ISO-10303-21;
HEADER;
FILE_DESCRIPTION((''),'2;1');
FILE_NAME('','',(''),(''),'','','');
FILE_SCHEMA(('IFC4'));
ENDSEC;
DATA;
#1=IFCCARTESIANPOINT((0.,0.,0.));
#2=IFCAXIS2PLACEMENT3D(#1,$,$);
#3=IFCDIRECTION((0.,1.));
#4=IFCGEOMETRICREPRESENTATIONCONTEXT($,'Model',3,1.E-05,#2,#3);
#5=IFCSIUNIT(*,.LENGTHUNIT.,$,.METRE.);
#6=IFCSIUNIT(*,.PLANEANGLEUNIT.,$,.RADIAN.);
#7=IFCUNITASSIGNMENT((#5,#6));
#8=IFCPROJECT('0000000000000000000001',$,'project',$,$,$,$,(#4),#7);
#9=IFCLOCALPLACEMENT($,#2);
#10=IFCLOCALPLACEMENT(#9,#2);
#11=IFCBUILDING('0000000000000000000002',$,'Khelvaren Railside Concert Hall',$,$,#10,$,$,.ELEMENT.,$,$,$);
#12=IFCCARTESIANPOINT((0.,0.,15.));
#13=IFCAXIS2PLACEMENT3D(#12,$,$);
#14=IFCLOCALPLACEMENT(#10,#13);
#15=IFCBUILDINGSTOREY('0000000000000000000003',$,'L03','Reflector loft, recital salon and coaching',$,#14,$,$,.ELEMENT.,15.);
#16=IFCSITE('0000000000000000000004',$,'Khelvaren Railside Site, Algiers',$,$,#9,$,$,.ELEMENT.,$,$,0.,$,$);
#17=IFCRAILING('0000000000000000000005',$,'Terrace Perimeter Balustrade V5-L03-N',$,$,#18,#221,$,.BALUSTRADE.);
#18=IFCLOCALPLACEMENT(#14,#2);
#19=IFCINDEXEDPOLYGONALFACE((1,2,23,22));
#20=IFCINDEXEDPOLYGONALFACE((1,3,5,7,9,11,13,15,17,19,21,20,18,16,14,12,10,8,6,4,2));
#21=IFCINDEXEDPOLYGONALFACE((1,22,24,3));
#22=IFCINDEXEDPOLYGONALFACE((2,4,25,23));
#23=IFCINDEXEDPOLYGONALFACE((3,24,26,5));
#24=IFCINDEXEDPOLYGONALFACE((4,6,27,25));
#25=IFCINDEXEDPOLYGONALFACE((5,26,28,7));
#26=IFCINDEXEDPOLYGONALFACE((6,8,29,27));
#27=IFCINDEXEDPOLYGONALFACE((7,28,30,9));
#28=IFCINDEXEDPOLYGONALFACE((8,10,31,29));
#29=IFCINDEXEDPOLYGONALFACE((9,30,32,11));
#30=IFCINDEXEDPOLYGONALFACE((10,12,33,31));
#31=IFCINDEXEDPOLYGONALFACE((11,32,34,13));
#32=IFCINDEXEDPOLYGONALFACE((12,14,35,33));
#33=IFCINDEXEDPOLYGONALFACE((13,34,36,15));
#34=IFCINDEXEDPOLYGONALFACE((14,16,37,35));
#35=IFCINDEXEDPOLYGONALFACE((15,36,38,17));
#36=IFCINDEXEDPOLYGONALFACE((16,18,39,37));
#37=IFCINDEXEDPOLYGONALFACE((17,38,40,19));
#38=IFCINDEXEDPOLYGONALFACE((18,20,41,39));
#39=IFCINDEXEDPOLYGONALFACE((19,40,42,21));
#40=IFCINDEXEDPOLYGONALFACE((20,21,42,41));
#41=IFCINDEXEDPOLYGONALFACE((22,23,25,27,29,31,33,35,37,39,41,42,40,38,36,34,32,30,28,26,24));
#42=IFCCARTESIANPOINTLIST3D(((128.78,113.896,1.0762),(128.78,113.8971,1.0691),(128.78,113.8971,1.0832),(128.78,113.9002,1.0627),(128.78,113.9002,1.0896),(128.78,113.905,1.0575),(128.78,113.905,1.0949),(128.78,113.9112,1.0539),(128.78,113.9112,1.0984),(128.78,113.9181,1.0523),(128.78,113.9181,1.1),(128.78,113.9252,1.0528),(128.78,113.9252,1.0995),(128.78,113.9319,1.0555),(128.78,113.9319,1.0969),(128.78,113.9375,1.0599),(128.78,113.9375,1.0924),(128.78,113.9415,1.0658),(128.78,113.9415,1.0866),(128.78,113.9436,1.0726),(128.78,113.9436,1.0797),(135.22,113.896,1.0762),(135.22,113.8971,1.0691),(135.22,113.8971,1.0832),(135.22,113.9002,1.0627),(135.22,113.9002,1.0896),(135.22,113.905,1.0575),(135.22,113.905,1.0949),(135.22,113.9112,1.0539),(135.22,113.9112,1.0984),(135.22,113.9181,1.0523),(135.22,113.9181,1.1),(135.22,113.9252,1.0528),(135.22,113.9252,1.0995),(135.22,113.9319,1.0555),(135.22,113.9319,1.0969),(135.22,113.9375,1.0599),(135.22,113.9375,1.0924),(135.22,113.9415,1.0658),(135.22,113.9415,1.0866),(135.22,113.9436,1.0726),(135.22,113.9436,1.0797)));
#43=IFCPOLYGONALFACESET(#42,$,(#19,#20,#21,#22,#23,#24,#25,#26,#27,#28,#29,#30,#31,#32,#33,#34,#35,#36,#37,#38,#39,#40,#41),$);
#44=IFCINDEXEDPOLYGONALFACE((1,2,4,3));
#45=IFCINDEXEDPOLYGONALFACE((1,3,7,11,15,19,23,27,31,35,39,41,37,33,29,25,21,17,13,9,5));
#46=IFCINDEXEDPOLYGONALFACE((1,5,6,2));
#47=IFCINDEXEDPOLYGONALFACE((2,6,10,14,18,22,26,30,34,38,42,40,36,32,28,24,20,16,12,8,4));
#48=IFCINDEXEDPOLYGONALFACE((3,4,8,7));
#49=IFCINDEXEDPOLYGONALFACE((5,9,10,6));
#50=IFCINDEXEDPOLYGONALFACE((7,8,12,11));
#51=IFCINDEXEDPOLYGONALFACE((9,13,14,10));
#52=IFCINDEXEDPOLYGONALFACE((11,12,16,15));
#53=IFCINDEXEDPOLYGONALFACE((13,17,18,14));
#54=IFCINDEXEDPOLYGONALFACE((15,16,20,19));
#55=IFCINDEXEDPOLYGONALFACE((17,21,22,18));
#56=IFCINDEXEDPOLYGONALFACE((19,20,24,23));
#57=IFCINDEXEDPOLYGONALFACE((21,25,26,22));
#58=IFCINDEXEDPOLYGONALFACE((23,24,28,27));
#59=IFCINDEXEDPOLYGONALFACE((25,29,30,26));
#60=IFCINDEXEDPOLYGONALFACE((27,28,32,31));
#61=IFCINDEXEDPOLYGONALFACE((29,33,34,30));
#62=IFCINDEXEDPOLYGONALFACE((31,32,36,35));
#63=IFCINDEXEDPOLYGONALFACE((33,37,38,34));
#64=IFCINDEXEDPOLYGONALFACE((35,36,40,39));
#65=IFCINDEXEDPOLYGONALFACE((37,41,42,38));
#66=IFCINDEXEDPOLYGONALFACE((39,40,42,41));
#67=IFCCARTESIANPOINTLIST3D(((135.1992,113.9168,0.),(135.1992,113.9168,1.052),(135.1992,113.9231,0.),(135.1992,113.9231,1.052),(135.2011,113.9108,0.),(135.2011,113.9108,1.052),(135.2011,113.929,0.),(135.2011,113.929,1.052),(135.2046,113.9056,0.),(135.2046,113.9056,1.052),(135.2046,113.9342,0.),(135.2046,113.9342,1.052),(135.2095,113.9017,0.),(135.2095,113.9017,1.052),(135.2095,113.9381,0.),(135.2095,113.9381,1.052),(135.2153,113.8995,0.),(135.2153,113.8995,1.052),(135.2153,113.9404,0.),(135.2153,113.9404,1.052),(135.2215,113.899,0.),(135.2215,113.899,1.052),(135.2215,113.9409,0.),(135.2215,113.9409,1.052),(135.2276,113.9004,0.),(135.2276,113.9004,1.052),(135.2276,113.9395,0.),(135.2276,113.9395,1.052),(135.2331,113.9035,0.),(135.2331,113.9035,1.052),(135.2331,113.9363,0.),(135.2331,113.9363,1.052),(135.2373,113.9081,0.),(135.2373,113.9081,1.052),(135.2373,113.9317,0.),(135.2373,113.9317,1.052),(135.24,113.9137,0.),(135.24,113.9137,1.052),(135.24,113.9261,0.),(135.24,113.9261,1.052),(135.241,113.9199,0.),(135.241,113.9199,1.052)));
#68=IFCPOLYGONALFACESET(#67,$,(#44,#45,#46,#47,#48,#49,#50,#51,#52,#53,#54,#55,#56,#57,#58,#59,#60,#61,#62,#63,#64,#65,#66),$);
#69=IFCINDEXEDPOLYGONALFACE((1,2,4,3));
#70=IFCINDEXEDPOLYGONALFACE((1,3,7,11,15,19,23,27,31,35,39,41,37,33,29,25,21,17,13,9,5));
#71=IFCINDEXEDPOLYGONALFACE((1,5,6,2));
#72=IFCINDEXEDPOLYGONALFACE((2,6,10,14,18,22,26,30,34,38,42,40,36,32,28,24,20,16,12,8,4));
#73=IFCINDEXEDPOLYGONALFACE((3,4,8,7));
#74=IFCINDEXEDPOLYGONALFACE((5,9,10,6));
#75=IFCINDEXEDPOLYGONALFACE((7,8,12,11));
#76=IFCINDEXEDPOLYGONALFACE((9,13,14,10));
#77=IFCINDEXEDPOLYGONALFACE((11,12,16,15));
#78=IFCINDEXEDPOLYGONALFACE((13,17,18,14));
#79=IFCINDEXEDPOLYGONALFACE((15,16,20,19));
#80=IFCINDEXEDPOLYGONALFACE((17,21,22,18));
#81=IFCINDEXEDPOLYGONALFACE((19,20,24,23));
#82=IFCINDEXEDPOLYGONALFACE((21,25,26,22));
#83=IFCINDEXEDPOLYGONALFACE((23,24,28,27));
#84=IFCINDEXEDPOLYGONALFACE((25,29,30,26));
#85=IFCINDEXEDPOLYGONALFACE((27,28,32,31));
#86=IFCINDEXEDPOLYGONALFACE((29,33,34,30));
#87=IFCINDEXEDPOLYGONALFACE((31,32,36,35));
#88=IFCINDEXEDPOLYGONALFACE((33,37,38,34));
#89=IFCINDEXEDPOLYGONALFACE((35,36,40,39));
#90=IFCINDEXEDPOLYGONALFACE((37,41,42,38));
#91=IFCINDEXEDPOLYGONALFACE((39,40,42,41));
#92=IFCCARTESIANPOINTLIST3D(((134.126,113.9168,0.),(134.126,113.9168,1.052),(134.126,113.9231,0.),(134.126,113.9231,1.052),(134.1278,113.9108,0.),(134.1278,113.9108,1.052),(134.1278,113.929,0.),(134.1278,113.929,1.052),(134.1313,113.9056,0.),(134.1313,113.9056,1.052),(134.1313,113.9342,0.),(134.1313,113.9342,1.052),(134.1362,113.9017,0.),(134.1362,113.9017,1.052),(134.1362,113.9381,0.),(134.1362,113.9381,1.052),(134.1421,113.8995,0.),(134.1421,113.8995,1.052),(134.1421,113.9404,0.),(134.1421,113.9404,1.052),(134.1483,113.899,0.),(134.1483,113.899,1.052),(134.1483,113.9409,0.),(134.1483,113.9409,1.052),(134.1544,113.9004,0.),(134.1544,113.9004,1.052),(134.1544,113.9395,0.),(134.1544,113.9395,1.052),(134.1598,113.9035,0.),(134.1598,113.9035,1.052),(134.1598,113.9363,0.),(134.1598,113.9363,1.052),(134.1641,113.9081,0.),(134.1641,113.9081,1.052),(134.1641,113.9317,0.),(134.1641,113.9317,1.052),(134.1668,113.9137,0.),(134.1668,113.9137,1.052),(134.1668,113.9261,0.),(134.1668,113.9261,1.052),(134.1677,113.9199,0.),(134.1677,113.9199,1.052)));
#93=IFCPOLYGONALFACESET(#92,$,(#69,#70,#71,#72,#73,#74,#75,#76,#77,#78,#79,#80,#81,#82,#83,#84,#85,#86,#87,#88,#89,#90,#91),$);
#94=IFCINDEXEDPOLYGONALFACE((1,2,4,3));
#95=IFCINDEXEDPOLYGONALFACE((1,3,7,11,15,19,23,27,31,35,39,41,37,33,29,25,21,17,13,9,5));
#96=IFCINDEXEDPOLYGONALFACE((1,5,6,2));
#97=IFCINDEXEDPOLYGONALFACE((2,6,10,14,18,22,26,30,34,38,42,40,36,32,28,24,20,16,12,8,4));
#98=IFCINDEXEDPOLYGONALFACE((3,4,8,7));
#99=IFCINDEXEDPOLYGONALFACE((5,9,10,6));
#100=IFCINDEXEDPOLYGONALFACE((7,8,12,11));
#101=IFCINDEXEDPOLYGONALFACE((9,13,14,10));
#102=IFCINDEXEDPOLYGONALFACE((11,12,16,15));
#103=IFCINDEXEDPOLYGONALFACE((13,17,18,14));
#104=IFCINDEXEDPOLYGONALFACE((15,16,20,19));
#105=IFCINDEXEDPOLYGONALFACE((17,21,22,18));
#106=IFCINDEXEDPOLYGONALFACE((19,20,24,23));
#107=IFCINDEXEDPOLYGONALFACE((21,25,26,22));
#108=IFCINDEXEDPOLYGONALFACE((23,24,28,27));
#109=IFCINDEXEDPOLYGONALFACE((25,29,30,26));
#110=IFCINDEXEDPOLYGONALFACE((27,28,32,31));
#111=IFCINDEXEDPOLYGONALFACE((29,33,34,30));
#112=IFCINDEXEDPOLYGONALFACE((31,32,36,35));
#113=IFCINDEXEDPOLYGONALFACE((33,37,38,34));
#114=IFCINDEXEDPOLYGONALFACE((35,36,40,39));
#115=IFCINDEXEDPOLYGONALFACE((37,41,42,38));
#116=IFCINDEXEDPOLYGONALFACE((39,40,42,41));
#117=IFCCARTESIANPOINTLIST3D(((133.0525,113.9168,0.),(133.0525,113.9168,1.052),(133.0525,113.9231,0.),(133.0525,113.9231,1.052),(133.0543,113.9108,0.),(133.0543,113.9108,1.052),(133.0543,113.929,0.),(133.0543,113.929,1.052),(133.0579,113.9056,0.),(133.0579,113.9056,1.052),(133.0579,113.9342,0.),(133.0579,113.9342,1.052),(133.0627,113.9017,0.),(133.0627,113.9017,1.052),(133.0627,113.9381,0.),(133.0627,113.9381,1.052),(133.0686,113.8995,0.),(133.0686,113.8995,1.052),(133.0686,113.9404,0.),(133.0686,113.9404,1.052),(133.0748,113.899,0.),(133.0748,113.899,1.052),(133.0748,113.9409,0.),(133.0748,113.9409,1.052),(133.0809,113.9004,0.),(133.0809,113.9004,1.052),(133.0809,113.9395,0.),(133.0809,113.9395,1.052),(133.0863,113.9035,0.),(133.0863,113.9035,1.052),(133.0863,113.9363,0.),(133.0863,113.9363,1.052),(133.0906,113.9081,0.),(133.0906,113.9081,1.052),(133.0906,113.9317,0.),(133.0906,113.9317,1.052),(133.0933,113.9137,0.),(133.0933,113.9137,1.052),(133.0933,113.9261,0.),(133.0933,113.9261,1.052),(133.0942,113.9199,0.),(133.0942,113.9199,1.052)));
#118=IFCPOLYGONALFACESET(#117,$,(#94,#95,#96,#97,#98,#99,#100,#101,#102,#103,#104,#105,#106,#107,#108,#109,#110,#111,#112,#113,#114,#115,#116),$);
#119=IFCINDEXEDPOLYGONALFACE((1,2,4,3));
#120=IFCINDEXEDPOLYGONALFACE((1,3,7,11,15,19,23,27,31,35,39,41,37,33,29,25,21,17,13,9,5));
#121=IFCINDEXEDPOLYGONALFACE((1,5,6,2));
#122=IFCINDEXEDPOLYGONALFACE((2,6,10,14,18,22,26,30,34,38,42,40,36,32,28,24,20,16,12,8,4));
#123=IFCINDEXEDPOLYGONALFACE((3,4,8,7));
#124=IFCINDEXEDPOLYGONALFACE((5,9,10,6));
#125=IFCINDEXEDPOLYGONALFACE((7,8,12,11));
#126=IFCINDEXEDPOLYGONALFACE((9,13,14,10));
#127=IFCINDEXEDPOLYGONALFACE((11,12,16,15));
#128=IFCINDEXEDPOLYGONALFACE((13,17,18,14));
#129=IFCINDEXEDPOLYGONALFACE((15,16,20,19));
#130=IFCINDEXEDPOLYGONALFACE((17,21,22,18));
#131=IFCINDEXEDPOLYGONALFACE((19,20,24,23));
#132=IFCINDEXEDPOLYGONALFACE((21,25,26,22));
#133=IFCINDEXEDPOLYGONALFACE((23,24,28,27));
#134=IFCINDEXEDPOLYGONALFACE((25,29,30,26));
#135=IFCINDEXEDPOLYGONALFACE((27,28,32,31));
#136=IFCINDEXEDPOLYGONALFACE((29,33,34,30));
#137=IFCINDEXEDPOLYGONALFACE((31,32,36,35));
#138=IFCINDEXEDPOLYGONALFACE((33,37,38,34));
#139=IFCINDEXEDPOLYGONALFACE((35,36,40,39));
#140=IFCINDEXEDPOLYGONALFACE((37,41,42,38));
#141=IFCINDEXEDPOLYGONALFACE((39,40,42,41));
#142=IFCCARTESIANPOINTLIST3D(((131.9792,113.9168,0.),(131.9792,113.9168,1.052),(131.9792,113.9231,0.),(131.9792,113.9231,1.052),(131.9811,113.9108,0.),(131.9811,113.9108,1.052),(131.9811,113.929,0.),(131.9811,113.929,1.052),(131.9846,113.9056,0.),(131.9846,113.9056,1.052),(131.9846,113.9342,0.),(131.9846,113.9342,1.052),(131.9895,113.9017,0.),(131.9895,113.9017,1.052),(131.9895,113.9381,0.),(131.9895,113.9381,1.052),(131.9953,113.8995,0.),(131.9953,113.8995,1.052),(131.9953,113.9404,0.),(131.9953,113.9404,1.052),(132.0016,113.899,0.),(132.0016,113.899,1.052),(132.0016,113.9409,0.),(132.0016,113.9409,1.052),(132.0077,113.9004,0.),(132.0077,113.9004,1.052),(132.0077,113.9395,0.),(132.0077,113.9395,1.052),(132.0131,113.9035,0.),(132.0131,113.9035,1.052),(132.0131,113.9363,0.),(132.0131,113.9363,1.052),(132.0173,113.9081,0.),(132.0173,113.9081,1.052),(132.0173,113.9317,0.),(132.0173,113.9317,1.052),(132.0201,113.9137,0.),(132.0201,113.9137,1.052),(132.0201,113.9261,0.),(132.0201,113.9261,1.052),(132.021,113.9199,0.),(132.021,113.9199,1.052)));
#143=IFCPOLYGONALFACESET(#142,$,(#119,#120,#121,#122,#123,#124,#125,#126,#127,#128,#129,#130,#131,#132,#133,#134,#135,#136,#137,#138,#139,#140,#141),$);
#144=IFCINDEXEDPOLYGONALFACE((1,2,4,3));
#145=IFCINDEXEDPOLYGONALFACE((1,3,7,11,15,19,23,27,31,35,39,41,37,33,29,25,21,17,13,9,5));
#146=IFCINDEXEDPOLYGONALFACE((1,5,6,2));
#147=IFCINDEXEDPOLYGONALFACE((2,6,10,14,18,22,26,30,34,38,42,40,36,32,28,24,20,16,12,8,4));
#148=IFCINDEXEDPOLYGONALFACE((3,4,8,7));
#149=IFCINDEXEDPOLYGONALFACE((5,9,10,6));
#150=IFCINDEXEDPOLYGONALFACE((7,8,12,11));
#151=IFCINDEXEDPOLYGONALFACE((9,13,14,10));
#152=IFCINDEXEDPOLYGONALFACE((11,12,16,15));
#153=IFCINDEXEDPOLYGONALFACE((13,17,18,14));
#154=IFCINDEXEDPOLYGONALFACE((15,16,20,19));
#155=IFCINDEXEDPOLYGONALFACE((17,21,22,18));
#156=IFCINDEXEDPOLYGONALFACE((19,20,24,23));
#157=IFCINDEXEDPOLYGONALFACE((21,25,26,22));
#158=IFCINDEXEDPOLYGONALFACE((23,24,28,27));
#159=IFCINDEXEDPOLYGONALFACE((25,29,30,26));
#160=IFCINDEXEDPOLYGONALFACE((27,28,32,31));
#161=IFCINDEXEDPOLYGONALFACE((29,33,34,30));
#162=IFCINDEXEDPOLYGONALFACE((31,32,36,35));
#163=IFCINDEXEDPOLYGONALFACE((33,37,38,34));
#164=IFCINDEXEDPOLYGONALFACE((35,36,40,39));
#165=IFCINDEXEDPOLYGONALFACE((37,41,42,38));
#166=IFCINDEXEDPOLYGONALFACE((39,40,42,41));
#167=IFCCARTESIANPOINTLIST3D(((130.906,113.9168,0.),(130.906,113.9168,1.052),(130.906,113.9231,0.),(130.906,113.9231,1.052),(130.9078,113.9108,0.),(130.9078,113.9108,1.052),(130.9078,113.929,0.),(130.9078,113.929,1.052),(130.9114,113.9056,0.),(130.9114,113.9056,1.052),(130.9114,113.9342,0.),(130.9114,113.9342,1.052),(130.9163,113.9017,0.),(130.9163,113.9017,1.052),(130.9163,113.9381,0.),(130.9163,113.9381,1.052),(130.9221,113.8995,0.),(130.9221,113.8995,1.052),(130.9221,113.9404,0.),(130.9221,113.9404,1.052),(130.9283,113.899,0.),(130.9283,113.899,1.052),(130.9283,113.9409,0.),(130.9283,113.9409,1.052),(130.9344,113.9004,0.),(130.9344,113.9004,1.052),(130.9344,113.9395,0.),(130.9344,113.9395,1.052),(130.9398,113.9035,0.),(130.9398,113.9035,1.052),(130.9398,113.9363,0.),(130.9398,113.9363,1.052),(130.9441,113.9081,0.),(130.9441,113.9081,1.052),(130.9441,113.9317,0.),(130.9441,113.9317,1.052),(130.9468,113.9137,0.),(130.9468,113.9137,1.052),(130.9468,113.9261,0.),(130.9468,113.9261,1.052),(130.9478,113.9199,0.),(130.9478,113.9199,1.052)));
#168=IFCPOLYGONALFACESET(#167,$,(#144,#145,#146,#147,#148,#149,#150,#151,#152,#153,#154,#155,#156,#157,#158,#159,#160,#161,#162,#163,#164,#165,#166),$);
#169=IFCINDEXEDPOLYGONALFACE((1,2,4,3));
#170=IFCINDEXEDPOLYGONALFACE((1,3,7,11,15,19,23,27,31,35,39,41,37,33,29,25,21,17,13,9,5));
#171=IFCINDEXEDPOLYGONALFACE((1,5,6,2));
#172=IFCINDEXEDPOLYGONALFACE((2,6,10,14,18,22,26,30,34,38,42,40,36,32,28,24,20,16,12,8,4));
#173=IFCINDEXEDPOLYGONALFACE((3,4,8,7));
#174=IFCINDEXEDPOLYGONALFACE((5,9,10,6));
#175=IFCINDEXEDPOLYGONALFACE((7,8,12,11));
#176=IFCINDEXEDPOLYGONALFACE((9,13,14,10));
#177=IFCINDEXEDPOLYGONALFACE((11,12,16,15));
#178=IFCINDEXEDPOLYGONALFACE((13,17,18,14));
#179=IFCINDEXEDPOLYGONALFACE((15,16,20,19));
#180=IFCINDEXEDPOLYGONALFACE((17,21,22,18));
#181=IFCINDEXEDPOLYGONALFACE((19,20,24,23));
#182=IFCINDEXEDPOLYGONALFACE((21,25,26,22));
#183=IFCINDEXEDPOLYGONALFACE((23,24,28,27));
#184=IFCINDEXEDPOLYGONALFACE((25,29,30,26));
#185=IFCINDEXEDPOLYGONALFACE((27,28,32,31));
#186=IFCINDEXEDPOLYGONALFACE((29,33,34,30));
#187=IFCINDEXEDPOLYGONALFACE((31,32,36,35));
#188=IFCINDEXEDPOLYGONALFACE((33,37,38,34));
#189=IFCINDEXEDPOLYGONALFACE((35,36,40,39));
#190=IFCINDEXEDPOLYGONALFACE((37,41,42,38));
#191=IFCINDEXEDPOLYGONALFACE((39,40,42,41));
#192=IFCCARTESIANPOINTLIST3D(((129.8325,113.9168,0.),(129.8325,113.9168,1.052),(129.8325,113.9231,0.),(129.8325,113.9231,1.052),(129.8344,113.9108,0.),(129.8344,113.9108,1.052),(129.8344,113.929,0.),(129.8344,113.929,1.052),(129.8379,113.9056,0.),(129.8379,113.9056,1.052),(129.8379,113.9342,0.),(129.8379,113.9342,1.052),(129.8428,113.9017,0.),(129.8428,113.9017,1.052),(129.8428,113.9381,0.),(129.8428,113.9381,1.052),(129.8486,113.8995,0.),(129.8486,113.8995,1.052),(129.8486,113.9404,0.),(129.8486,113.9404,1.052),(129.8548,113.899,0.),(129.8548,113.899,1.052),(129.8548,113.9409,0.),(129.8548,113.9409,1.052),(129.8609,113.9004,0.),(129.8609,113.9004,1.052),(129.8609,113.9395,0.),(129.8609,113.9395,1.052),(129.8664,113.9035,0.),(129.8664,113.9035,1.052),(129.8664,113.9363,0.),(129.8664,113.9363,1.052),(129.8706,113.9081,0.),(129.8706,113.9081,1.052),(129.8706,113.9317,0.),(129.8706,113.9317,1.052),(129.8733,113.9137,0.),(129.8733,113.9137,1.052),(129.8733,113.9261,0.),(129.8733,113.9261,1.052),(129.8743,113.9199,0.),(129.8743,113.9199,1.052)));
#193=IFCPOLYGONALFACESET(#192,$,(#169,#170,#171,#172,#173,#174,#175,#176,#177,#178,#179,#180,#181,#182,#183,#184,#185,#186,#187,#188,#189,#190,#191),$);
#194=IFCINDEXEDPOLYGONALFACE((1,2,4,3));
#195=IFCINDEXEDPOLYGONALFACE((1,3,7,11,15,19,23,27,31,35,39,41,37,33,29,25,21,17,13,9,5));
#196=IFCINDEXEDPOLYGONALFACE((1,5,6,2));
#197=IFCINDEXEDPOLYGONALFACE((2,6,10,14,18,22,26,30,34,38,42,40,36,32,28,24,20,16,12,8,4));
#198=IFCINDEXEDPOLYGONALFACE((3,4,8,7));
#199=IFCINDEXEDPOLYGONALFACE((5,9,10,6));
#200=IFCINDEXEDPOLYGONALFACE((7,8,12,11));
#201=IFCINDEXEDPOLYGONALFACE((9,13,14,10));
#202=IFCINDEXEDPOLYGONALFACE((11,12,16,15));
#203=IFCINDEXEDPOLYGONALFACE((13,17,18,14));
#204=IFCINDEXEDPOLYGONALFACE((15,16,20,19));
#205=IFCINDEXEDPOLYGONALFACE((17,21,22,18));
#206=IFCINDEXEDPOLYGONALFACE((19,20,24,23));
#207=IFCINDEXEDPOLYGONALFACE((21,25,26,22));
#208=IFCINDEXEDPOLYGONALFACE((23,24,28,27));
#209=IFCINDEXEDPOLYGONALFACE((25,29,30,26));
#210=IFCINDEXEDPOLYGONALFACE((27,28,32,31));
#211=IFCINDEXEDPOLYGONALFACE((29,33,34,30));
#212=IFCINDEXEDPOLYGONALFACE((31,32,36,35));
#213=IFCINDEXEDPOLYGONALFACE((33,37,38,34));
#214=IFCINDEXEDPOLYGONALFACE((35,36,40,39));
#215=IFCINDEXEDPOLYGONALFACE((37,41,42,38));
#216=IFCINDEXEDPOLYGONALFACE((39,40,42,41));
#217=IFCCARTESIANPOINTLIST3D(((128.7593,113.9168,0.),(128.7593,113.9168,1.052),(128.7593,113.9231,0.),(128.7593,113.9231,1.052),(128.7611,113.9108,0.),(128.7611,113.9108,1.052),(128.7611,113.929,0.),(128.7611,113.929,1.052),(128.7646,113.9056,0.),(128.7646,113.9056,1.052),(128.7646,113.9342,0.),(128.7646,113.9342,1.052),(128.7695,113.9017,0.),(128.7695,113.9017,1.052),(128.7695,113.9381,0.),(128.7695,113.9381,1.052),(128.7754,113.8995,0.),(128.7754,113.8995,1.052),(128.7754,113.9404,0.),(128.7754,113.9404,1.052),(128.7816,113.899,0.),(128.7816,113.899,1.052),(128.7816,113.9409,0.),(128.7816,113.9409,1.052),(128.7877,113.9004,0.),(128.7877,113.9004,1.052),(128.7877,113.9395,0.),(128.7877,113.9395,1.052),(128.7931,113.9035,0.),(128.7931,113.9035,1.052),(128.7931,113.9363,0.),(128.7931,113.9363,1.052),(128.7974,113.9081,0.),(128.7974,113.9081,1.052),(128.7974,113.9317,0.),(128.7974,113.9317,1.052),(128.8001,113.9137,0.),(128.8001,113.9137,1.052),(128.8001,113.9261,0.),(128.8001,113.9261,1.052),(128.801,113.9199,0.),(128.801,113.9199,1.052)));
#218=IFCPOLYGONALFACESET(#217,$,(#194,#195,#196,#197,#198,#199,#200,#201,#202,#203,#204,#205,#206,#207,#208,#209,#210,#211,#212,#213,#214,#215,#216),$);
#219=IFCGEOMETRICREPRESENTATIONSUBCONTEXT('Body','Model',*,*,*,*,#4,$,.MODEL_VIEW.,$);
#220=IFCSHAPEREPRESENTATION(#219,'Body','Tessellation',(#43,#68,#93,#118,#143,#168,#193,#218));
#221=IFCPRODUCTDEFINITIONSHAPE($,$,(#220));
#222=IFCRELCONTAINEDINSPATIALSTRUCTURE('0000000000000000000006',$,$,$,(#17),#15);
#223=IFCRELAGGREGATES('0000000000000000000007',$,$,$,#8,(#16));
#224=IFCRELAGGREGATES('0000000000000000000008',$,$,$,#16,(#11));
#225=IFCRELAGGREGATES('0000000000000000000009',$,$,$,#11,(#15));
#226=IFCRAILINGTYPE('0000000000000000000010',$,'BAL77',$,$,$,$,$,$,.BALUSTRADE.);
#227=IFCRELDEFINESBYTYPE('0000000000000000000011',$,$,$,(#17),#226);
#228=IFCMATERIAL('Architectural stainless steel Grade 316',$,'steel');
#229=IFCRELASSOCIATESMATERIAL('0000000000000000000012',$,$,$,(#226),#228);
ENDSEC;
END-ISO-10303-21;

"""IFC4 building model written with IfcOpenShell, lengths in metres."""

from ifc_helpers import new_model, si_unit, direction, frame, origin, origin_2d, place, context, subcontext, project, spatial, circle, extrude, material, type_object, element, save


model = new_model("IFC4")

# Units and contexts
model_context = context("Model", 3, precision=1e-05, world=origin(), true_north=direction((0.0, 1.0)))
body_context = subcontext(model_context, "Body", "Model", "MODEL_VIEW")
ifc_project = project(units=[si_unit("LENGTHUNIT", "METRE"), si_unit("PLANEANGLEUNIT", "RADIAN")], contexts=[model_context])

# Site, building, storey
site_placement = place(None, origin())
site = spatial("IfcSite", under=ifc_project, at=site_placement, Name="Khelvaren Railside Site, Algiers", CompositionType="ELEMENT", RefElevation=0.0)
building_placement = place(site_placement, origin())
building = spatial("IfcBuilding", under=site, at=building_placement, Name="Khelvaren Railside Concert Hall", CompositionType="ELEMENT")
storey_placement = place(building_placement, frame((0.0, 0.0, 15.0)))
storey = spatial("IfcBuildingStorey", under=building, at=storey_placement, Name="L03", Description="Reflector loft, recital salon and coaching", CompositionType="ELEMENT", Elevation=15.0)

# Railing
ifc_material_1 = material(Name="Architectural stainless steel Grade 316", Category="steel")
railing_type = type_object("IfcRailingType", Name="BAL77", PredefinedType="BALUSTRADE", material=ifc_material_1)
railing_1_placement = place(storey_placement, frame((135.22, 113.9199, 0.0)))
element("IfcRailing", 1, at=railing_1_placement, inside=storey, type_object=railing_type, Name="Terrace Perimeter Balustrade V5-L03-N", PredefinedType="BALUSTRADE", context=body_context, shape_type="SweptSolid", body=[
    extrude(circle(Radius=0.0239, at=origin_2d()), frame((0.0, 0.0, 1.0762), z_axis=(-1.0, 0.0, 0.0), x_axis=(0.0, -1.0, 0.0)), (0.0, 0.0, 1.0), 6.4399),
    extrude(circle(Radius=0.021, at=origin_2d()), origin(), (0.0, 0.0, 1.0), 1.052),
    extrude(circle(Radius=0.021, at=origin_2d()), frame((-1.0732, 0.0, 0.0)), (0.0, 0.0, 1.0), 1.052),
    extrude(circle(Radius=0.021, at=origin_2d()), frame((-2.1467, 0.0, 0.0)), (0.0, 0.0, 1.0), 1.052),
    extrude(circle(Radius=0.021, at=origin_2d()), frame((-3.22, 0.0, 0.0)), (0.0, 0.0, 1.0), 1.052),
    extrude(circle(Radius=0.021, at=origin_2d()), frame((-4.2932, 0.0, 0.0)), (0.0, 0.0, 1.0), 1.052),
    extrude(circle(Radius=0.021, at=origin_2d()), frame((-5.3667, 0.0, 0.0)), (0.0, 0.0, 1.0), 1.052),
    extrude(circle(Radius=0.021, at=origin_2d()), frame((-6.4399, 0.0, 0.0)), (0.0, 0.0, 1.0), 1.052),
])

save(model, "model.ifc")
